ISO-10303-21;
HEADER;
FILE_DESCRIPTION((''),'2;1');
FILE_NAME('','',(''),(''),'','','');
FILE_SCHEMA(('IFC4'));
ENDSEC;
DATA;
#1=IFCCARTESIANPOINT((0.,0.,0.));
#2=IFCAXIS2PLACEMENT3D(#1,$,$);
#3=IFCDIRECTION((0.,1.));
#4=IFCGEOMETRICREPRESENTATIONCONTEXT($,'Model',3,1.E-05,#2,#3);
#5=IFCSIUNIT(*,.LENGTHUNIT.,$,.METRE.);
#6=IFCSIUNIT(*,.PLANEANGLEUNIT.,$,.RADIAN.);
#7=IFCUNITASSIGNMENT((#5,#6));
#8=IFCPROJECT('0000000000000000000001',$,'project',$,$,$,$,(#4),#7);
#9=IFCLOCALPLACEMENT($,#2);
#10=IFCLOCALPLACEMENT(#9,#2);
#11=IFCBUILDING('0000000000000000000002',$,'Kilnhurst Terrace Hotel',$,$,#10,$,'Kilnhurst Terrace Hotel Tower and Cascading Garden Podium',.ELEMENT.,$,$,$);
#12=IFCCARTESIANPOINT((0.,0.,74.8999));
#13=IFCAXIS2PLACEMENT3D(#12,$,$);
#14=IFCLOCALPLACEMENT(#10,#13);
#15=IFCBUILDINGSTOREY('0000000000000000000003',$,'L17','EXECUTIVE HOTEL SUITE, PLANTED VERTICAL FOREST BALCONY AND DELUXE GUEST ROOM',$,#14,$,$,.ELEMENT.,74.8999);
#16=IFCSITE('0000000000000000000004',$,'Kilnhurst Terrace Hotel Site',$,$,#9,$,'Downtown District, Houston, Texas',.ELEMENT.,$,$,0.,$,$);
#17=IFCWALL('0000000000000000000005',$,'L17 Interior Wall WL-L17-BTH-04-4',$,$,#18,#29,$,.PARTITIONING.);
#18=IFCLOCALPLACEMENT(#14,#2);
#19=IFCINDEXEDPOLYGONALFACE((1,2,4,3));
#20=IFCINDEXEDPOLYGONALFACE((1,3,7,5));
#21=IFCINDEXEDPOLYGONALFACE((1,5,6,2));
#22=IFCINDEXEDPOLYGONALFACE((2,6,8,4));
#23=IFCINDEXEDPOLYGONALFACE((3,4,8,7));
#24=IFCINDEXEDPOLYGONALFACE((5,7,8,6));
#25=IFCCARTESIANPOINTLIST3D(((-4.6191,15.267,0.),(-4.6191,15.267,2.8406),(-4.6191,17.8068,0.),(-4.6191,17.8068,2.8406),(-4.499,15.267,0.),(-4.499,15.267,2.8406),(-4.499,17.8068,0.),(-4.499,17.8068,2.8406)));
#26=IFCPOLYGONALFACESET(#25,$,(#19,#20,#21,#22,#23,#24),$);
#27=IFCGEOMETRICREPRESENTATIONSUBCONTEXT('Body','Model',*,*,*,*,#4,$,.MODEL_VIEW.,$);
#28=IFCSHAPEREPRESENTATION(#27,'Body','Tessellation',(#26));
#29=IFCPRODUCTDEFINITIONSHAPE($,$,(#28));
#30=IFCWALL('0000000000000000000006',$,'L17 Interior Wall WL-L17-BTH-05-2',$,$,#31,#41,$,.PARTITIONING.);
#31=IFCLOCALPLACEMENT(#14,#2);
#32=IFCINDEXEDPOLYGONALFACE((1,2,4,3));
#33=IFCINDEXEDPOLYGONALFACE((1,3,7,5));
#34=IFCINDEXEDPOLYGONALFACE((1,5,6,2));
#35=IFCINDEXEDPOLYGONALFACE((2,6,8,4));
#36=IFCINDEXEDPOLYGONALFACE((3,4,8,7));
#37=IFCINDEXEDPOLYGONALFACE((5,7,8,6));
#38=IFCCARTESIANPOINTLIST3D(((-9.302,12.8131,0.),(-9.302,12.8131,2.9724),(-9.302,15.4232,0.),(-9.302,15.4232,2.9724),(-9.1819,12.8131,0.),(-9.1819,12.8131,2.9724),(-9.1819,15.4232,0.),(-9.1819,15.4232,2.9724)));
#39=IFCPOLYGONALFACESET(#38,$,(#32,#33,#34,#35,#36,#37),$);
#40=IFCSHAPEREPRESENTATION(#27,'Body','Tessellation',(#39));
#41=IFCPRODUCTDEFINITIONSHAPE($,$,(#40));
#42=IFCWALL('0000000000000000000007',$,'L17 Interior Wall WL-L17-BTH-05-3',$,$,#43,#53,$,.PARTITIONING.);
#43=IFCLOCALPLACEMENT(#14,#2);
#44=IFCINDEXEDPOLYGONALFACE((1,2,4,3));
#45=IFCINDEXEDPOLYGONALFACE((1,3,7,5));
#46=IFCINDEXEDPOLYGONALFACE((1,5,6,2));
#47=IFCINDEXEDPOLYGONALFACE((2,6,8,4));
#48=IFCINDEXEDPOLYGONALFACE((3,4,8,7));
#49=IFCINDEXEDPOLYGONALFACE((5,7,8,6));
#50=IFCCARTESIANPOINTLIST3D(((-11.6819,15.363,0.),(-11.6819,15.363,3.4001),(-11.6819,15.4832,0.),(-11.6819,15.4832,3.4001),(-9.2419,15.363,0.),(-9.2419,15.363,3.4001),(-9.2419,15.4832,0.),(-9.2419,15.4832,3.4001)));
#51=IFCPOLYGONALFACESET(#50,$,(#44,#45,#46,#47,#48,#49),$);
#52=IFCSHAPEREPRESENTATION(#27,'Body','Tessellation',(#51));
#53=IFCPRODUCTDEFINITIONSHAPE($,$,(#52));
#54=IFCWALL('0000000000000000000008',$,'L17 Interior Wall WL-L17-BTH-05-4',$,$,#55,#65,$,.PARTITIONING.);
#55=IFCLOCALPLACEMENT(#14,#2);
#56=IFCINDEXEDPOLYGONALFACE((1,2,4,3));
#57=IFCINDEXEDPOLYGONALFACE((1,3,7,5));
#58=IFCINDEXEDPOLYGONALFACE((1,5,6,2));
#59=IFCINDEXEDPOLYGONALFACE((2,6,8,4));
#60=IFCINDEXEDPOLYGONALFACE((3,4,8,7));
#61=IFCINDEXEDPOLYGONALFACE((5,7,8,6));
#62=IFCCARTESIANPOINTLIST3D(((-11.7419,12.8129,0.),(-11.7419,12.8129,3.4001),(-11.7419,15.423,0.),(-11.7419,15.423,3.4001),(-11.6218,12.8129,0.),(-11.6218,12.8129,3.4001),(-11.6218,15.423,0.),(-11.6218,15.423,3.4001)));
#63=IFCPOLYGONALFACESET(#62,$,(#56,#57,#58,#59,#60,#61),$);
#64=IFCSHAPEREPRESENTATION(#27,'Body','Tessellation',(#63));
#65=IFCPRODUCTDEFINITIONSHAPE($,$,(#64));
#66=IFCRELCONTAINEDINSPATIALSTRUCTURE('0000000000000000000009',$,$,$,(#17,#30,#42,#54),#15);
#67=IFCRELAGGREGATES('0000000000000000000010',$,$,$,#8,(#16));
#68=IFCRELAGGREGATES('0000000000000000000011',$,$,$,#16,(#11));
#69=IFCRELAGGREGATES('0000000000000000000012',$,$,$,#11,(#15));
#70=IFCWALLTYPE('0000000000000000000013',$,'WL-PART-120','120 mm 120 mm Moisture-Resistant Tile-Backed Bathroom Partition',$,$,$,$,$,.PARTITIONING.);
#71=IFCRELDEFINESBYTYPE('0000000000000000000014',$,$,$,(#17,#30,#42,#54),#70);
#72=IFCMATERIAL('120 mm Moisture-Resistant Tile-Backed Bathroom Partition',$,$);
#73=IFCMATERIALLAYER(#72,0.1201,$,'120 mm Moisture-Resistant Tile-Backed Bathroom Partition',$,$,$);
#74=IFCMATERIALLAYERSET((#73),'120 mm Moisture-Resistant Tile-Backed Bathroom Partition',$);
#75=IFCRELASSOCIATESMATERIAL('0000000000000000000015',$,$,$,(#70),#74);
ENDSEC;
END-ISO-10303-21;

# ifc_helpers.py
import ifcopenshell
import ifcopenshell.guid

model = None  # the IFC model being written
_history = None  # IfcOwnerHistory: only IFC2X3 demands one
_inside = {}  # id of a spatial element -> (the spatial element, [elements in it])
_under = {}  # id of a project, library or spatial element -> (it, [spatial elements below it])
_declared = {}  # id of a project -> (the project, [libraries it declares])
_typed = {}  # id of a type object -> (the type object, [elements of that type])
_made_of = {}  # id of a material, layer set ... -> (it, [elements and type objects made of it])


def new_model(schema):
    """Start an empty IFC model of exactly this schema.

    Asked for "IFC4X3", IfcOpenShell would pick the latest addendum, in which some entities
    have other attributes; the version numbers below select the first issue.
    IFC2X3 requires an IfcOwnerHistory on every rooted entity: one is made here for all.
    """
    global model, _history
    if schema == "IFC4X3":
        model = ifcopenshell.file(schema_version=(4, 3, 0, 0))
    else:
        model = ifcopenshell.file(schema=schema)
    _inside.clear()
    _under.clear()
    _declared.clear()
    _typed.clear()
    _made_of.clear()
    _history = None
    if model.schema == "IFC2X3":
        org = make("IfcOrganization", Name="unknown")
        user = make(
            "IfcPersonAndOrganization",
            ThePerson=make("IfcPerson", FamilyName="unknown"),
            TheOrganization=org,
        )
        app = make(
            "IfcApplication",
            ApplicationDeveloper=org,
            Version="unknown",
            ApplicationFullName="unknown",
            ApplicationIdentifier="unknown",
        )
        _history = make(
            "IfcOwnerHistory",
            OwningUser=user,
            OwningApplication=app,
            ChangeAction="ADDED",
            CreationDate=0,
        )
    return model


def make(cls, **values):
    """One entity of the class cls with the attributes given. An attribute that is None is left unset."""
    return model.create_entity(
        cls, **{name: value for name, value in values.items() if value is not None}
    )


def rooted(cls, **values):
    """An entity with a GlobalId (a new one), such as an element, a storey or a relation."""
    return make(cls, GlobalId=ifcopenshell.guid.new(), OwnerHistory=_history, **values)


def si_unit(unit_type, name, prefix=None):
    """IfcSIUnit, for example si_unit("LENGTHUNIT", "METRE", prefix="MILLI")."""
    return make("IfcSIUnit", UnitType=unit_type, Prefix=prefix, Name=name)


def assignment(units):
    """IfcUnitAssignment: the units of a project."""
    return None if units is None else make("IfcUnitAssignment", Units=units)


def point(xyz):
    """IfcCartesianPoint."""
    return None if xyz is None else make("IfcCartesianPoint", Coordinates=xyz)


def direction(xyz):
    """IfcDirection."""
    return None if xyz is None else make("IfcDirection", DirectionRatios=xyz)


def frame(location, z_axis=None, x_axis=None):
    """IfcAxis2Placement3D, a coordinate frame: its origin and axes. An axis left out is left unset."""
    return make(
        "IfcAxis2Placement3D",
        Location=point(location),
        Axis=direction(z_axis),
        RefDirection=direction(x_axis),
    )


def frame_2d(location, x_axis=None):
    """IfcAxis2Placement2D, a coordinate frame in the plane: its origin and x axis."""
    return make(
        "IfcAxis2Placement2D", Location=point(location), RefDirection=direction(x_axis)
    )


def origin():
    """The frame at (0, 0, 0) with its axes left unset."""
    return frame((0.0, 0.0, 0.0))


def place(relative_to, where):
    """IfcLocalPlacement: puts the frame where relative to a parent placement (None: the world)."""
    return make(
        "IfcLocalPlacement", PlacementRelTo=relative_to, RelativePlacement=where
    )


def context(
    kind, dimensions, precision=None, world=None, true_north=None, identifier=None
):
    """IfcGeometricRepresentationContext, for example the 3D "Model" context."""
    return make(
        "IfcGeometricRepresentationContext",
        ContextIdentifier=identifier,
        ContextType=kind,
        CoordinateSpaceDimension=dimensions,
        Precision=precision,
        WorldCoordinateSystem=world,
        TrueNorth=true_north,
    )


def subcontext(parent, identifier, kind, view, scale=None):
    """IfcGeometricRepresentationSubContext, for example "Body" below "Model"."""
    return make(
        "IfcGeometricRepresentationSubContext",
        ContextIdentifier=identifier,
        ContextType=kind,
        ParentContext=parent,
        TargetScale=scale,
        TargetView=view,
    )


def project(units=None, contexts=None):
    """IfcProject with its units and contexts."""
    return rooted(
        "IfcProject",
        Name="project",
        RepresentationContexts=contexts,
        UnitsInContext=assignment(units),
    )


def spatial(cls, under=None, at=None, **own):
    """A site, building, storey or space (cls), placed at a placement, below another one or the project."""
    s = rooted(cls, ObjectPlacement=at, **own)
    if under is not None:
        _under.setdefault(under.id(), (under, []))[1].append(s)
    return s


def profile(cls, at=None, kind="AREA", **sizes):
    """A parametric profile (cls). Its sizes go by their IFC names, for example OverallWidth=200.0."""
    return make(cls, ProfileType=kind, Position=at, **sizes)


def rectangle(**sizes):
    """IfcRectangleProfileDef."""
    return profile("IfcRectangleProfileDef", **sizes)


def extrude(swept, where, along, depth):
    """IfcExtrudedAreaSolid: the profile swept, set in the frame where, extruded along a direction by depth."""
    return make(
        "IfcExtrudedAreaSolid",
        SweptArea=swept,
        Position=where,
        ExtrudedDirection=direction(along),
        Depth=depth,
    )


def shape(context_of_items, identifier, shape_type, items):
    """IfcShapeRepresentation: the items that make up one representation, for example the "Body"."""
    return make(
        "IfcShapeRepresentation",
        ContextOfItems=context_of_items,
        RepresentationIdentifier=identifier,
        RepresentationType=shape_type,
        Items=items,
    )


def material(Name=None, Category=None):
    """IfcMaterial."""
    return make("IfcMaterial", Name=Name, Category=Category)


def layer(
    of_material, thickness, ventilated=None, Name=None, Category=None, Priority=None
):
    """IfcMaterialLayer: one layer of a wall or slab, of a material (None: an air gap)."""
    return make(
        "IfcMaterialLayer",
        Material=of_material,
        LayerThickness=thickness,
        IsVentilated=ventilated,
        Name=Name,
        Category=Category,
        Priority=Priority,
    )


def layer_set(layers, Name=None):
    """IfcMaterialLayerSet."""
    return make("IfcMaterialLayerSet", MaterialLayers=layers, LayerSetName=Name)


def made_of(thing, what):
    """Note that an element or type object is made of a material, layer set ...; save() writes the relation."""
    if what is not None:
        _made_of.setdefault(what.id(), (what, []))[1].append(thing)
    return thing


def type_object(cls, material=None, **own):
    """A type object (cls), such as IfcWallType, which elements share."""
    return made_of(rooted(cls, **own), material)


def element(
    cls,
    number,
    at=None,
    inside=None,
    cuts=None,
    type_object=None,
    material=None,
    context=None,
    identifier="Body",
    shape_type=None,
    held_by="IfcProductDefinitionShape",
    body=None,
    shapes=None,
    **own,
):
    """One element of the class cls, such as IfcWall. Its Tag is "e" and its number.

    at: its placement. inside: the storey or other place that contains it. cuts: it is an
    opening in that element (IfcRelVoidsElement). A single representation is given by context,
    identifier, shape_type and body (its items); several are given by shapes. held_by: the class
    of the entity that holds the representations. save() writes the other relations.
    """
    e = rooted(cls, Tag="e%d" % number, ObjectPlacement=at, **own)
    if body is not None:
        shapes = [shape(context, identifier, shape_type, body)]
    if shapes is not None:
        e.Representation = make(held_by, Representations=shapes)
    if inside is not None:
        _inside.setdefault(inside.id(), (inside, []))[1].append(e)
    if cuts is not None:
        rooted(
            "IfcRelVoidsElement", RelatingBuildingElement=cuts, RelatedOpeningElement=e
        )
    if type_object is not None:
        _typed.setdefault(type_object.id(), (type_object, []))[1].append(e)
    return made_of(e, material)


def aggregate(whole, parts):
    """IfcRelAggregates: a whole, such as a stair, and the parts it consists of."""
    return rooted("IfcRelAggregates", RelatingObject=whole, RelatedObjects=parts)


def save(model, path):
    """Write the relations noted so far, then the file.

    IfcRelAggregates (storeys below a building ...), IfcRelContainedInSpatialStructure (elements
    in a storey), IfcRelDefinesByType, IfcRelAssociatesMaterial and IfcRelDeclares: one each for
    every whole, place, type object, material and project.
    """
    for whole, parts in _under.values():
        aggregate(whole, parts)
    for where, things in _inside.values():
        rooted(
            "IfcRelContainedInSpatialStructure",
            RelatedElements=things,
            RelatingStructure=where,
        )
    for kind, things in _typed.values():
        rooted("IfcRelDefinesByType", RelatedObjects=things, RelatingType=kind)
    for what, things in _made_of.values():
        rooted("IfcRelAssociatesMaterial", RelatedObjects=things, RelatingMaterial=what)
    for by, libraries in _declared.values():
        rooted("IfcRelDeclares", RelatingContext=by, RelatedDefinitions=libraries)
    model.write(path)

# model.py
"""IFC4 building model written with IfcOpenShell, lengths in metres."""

from ifc_helpers import new_model, si_unit, direction, frame, frame_2d, origin, place, context, subcontext, project, spatial, rectangle, extrude, material, layer, layer_set, type_object, element, save


model = new_model("IFC4")

# Units and contexts
model_context = context("Model", 3, precision=1e-05, world=origin(), true_north=direction((0.0, 1.0)))
body_context = subcontext(model_context, "Body", "Model", "MODEL_VIEW")
ifc_project = project(units=[si_unit("LENGTHUNIT", "METRE"), si_unit("PLANEANGLEUNIT", "RADIAN")], contexts=[model_context])

# Site, building, storey
site_placement = place(None, origin())
site = spatial("IfcSite", under=ifc_project, at=site_placement, Name="Kilnhurst Terrace Hotel Site", LongName="Downtown District, Houston, Texas", CompositionType="ELEMENT", RefElevation=0.0)
building_placement = place(site_placement, origin())
building = spatial("IfcBuilding", under=site, at=building_placement, Name="Kilnhurst Terrace Hotel", LongName="Kilnhurst Terrace Hotel Tower and Cascading Garden Podium", CompositionType="ELEMENT")
storey_placement = place(building_placement, frame((0.0, 0.0, 74.8999)))
storey = spatial("IfcBuildingStorey", under=building, at=storey_placement, Name="L17", Description="EXECUTIVE HOTEL SUITE, PLANTED VERTICAL FOREST BALCONY AND DELUXE GUEST ROOM", CompositionType="ELEMENT", Elevation=74.8999)

# Shared definitions
ifc_material_1 = material(Name="120 mm Moisture-Resistant Tile-Backed Bathroom Partition")
ifc_layer_1 = layer(ifc_material_1, 0.1201, Name="120 mm Moisture-Resistant Tile-Backed Bathroom Partition")
ifc_layer_set_1 = layer_set([ifc_layer_1], Name="120 mm Moisture-Resistant Tile-Backed Bathroom Partition")
wall_type_1 = type_object("IfcWallType", Name="WL-PART-120", Description="120 mm 120 mm Moisture-Resistant Tile-Backed Bathroom Partition", PredefinedType="PARTITIONING", material=ifc_layer_set_1)

# Walls
wall_1_placement = place(storey_placement, frame((-4.5591, 17.8069, 0.0), z_axis=(0.0, 0.0, 1.0), x_axis=(0.0, -1.0, 0.0)))
element("IfcWall", 1, at=wall_1_placement, inside=storey, type_object=wall_type_1, Name="L17 Interior Wall WL-L17-BTH-04-4", PredefinedType="PARTITIONING", context=body_context, shape_type="SweptSolid", body=[
    extrude(rectangle(XDim=2.5398, YDim=0.1201, at=frame_2d((1.27, 0.0))), origin(), (0.0, 0.0, 1.0), 2.8406),
])
wall_2_placement = place(storey_placement, frame((-9.2419, 12.813, 0.0), z_axis=(0.0, 0.0, 1.0), x_axis=(0.0, 1.0, 0.0)))
element("IfcWall", 2, at=wall_2_placement, inside=storey, type_object=wall_type_1, Name="L17 Interior Wall WL-L17-BTH-05-2", PredefinedType="PARTITIONING", context=body_context, shape_type="SweptSolid", body=[
    extrude(rectangle(XDim=2.6101, YDim=0.1201, at=frame_2d((1.3052, 0.0))), origin(), (0.0, 0.0, 1.0), 2.9724),
])
wall_3_placement = place(storey_placement, frame((-9.2419, 15.4231, 0.0), z_axis=(0.0, 0.0, 1.0), x_axis=(-1.0, 0.0, 0.0)))
element("IfcWall", 3, at=wall_3_placement, inside=storey, type_object=wall_type_1, Name="L17 Interior Wall WL-L17-BTH-05-3", PredefinedType="PARTITIONING", context=body_context, shape_type="SweptSolid", body=[
    extrude(rectangle(XDim=2.4399, YDim=0.1201, at=frame_2d((1.22, 0.0))), origin(), (0.0, 0.0, 1.0), 3.4001),
])
wall_4_placement = place(storey_placement, frame((-11.6819, 15.4231, 0.0), z_axis=(0.0, 0.0, 1.0), x_axis=(0.0, -1.0, 0.0)))
element("IfcWall", 4, at=wall_4_placement, inside=storey, type_object=wall_type_1, Name="L17 Interior Wall WL-L17-BTH-05-4", PredefinedType="PARTITIONING", context=body_context, shape_type="SweptSolid", body=[
    extrude(rectangle(XDim=2.6101, YDim=0.1201, at=frame_2d((1.3052, 0.0))), origin(), (0.0, 0.0, 1.0), 3.4001),
])

save(model, "model.ifc")
